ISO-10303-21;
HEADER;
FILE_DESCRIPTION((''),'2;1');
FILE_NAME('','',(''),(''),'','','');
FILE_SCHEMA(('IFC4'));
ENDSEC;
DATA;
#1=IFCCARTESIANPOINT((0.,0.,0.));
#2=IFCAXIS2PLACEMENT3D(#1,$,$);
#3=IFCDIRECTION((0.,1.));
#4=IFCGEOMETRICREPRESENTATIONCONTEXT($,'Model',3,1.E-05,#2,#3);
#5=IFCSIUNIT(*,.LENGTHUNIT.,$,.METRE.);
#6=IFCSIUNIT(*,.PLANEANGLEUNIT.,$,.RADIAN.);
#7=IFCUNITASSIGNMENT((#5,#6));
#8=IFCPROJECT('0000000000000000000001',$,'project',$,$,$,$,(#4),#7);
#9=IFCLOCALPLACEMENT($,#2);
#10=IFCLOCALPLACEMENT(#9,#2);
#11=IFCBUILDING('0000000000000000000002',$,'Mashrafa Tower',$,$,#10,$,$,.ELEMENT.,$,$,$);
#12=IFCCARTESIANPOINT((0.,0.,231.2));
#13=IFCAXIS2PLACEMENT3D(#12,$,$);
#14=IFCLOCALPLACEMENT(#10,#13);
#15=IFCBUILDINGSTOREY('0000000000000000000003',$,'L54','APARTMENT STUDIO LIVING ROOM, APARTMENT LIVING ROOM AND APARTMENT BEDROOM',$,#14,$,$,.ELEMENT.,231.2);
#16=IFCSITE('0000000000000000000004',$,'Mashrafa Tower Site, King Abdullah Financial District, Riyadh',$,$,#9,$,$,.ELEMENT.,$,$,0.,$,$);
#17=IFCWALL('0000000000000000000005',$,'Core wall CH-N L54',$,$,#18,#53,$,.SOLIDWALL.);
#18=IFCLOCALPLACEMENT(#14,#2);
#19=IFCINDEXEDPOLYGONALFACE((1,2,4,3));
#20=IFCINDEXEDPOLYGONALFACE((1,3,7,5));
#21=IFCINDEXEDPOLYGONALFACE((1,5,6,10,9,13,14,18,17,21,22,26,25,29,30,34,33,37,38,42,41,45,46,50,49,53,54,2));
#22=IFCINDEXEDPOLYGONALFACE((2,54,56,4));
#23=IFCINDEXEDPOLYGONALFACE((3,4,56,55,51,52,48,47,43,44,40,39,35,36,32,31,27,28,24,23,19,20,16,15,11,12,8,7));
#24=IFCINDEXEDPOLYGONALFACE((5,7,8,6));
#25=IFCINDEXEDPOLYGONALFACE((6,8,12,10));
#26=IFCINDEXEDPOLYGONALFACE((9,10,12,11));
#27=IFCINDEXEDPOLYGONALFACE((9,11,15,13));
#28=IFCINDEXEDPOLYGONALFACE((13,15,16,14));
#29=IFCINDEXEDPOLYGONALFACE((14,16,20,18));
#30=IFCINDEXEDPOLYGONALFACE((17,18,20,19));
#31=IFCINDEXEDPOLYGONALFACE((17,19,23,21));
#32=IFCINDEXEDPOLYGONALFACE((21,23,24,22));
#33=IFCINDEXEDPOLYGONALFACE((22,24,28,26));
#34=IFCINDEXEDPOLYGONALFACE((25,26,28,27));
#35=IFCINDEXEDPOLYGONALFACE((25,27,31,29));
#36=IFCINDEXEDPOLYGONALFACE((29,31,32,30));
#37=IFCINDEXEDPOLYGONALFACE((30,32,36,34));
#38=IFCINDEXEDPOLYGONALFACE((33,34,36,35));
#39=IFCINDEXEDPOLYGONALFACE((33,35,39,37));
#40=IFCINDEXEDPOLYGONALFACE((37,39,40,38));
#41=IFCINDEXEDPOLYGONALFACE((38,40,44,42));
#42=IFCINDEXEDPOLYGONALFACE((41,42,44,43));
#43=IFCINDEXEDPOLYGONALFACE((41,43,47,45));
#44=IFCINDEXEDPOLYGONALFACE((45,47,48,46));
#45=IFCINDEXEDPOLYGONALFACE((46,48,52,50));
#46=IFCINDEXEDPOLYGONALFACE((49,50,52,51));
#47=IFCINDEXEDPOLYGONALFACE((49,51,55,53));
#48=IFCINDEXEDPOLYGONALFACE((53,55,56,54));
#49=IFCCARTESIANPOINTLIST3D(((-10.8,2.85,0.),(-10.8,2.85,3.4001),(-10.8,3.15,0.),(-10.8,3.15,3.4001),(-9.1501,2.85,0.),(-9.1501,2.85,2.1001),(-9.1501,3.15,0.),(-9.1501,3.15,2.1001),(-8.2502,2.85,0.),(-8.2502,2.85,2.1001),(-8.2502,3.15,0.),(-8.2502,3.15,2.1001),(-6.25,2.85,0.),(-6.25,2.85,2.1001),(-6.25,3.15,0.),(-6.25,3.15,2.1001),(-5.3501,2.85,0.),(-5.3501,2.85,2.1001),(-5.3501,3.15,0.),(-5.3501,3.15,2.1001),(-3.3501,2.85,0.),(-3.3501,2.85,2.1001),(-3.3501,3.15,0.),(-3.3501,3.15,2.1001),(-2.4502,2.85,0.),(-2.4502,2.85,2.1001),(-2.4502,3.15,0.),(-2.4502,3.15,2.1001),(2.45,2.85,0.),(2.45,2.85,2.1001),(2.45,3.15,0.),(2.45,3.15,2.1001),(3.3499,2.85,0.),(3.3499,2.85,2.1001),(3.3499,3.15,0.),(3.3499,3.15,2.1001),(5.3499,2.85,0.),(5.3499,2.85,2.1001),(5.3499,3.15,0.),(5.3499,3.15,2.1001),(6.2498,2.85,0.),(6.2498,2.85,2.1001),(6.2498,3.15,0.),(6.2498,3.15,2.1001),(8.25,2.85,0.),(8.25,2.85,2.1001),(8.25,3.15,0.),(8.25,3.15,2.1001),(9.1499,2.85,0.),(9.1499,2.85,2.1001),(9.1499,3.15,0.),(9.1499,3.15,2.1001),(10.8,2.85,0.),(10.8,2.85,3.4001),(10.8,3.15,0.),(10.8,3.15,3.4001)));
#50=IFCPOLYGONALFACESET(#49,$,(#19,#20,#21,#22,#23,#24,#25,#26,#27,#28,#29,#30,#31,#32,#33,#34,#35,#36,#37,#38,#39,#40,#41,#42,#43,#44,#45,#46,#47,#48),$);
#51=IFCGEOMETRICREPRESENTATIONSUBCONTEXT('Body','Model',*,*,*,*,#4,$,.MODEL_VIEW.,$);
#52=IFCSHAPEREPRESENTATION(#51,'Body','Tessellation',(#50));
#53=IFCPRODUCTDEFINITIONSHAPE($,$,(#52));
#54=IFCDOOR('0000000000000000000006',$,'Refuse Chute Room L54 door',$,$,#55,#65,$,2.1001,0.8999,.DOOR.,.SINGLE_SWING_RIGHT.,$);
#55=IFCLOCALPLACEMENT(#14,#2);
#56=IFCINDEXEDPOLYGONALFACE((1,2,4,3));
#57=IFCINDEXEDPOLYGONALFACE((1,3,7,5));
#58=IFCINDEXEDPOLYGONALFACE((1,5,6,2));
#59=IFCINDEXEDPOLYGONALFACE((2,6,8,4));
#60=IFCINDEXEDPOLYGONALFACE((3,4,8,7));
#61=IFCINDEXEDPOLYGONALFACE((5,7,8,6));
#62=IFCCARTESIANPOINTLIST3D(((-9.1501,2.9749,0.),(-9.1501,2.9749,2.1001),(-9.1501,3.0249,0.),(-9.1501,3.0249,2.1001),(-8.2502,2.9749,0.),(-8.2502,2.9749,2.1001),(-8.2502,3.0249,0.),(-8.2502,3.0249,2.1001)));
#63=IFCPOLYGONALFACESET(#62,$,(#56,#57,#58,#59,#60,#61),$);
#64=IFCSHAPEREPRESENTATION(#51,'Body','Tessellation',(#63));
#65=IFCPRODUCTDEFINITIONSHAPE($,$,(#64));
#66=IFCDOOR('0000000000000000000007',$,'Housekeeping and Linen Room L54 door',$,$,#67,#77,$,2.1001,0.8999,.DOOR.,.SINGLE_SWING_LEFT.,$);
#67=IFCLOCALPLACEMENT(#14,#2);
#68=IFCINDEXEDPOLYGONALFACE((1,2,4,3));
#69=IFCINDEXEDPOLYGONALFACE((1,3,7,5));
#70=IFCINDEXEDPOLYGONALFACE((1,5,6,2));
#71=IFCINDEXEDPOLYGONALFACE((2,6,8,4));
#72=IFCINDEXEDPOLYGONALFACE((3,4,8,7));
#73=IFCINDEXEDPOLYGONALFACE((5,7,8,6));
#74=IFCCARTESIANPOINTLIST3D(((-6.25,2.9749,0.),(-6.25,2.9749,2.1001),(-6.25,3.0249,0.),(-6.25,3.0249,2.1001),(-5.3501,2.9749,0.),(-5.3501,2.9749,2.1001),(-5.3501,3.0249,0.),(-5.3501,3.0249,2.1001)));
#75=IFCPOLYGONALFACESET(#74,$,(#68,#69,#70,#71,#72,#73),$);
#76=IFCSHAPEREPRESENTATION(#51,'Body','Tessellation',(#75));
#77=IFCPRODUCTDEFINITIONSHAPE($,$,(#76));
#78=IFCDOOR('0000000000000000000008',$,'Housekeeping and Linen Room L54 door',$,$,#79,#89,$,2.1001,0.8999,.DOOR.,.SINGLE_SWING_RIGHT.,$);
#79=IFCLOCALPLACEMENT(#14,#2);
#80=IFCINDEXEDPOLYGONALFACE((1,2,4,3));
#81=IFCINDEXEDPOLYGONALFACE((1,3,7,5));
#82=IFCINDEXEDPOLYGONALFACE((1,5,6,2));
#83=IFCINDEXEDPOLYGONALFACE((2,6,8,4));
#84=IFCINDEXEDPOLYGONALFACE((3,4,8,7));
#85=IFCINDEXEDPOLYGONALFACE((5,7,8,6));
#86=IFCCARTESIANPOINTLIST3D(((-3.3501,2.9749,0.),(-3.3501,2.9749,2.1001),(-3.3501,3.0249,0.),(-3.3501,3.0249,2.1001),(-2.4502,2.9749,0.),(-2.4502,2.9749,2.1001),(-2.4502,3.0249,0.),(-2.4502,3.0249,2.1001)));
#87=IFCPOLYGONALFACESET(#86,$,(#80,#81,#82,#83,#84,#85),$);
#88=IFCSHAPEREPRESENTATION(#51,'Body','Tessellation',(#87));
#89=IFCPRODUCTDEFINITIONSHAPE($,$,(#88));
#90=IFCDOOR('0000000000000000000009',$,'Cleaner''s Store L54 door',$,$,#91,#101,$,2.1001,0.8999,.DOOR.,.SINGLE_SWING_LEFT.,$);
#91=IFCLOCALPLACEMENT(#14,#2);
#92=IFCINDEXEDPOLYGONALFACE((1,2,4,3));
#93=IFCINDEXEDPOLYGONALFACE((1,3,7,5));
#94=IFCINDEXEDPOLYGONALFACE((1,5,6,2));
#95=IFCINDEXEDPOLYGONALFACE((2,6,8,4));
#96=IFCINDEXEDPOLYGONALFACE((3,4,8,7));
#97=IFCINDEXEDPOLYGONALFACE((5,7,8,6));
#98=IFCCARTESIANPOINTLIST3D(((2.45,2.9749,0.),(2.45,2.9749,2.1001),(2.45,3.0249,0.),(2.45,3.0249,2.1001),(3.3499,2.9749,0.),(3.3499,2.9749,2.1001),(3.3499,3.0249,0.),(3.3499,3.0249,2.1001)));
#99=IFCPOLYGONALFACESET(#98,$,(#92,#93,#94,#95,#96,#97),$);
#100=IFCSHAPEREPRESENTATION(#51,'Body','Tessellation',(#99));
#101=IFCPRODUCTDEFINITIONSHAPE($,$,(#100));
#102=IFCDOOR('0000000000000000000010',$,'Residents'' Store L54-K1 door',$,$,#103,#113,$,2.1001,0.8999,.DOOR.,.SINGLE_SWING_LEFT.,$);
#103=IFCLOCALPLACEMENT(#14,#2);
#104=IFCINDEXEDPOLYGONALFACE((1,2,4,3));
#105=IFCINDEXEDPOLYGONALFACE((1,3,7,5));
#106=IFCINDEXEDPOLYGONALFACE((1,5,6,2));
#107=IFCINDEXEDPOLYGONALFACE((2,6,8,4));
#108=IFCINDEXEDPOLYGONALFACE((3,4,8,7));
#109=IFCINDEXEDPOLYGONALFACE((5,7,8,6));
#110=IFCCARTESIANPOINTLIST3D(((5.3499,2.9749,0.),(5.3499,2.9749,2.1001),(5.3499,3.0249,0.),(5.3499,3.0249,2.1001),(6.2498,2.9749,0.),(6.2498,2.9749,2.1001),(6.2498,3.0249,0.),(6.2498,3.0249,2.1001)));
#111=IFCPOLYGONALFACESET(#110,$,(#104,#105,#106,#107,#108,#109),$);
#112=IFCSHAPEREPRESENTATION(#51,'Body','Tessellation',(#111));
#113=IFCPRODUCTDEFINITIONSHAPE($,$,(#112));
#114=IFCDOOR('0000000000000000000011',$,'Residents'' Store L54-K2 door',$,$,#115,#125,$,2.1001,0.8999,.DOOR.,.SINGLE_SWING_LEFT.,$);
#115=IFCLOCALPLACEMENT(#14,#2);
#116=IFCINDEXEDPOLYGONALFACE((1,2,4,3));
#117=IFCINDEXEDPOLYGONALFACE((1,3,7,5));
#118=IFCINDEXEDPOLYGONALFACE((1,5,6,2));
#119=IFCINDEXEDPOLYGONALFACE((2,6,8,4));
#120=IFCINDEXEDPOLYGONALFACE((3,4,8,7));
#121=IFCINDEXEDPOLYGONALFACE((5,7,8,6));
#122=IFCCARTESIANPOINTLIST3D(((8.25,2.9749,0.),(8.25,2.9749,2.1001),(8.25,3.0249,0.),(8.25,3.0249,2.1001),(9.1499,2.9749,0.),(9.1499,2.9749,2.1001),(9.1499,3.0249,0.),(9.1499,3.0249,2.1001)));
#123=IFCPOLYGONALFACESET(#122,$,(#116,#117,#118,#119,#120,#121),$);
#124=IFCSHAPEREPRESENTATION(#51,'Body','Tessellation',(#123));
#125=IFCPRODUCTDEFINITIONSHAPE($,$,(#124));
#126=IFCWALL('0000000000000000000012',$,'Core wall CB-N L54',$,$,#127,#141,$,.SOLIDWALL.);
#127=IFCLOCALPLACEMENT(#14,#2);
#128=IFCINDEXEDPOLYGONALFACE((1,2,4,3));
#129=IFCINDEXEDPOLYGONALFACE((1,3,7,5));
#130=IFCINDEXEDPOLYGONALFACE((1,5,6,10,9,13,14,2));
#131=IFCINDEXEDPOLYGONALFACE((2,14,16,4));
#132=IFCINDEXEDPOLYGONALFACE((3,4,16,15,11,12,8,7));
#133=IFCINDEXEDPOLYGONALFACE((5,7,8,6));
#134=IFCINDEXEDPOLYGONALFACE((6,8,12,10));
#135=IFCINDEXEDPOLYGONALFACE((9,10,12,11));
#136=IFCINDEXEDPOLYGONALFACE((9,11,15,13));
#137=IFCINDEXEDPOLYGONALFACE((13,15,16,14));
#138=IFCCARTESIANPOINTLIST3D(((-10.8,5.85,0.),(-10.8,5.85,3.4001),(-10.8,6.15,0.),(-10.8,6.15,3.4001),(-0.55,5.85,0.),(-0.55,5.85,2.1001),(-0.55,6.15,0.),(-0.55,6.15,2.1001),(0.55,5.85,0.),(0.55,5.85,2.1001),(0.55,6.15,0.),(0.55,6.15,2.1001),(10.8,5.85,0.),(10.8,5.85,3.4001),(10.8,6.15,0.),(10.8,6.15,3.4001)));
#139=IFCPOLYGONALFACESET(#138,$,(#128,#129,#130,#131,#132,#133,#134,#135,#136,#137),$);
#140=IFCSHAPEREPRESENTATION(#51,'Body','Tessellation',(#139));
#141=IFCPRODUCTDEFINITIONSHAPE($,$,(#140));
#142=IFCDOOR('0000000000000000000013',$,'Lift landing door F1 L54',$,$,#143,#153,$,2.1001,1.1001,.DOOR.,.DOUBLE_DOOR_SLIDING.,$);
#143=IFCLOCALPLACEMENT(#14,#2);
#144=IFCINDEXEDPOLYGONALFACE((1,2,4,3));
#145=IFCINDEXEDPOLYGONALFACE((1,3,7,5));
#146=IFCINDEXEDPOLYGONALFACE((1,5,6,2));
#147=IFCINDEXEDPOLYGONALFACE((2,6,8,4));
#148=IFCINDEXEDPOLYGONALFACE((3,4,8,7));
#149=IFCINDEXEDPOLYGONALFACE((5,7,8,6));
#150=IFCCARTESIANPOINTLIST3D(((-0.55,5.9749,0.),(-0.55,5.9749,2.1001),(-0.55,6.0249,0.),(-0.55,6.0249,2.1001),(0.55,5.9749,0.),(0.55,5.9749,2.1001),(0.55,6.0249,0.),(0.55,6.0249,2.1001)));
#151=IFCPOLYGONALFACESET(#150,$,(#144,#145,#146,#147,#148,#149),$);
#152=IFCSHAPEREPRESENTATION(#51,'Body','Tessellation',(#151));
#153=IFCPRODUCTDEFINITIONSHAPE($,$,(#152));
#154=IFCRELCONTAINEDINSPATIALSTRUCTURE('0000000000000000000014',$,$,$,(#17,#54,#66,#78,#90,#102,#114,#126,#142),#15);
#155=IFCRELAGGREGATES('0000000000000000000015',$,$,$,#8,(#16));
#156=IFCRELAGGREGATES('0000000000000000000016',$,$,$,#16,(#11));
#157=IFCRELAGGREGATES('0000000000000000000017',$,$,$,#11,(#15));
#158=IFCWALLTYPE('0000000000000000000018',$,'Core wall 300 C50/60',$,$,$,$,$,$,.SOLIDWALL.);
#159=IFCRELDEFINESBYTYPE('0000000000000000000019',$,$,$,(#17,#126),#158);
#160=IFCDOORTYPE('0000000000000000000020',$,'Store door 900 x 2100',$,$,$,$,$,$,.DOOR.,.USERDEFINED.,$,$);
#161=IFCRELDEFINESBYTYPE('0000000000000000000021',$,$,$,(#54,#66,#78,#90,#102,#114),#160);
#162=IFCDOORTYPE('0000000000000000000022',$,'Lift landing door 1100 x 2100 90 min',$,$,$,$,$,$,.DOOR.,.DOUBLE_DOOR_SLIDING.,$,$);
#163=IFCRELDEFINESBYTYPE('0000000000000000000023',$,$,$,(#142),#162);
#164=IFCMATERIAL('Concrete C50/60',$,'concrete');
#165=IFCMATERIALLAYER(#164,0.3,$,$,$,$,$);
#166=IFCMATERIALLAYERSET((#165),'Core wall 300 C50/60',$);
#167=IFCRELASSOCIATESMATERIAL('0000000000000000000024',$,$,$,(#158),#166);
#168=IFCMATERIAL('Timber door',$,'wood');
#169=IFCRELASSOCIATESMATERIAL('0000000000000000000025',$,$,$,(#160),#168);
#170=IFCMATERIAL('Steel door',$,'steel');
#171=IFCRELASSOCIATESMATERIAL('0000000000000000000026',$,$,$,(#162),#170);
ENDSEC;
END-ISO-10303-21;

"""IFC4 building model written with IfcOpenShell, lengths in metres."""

from ifc_helpers import new_model, si_unit, direction, frame, frame_2d, origin, place, context, subcontext, project, spatial, rectangle, extrude, material, layer, layer_set, type_object, element, fill, save


model = new_model("IFC4")

# Units and contexts
model_context = context("Model", 3, precision=1e-05, world=origin(), true_north=direction((0.0, 1.0)))
body_context = subcontext(model_context, "Body", "Model", "MODEL_VIEW")
ifc_project = project(units=[si_unit("LENGTHUNIT", "METRE"), si_unit("PLANEANGLEUNIT", "RADIAN")], contexts=[model_context])

# Site, building, storey
site_placement = place(None, origin())
site = spatial("IfcSite", under=ifc_project, at=site_placement, Name="Mashrafa Tower Site, King Abdullah Financial District, Riyadh", CompositionType="ELEMENT", RefElevation=0.0)
building_placement = place(site_placement, origin())
building = spatial("IfcBuilding", under=site, at=building_placement, Name="Mashrafa Tower", CompositionType="ELEMENT")
storey_placement = place(building_placement, frame((0.0, 0.0, 231.2)))
storey = spatial("IfcBuildingStorey", under=building, at=storey_placement, Name="L54", Description="APARTMENT STUDIO LIVING ROOM, APARTMENT LIVING ROOM AND APARTMENT BEDROOM", CompositionType="ELEMENT", Elevation=231.2)

# Wall, openings, doors
ifc_material_1 = material(Name="Concrete C50/60", Category="concrete")
ifc_layer_1 = layer(ifc_material_1, 0.3)
ifc_layer_set_1 = layer_set([ifc_layer_1], Name="Core wall 300 C50/60")
wall_type_1 = type_object("IfcWallType", Name="Core wall 300 C50/60", PredefinedType="SOLIDWALL", material=ifc_layer_set_1)
wall_1_placement = place(storey_placement, frame((-10.8, 3.0, 0.0), z_axis=(0.0, 0.0, 1.0), x_axis=(1.0, 0.0, 0.0)))
wall_1 = element("IfcWall", 1, at=wall_1_placement, inside=storey, type_object=wall_type_1, Name="Core wall CH-N L54", PredefinedType="SOLIDWALL", context=body_context, shape_type="SweptSolid", body=[
    extrude(rectangle(XDim=21.6001, YDim=0.3, at=frame_2d((10.8, 0.0))), origin(), (0.0, 0.0, 1.0), 3.4001),
])
opening_1_placement = place(wall_1_placement, frame((1.6499, 0.0, 0.0)))
opening_1 = element("IfcOpeningElement", 2, at=opening_1_placement, cuts=wall_1, PredefinedType="OPENING", context=body_context, shape_type="SweptSolid", body=[
    extrude(rectangle(XDim=0.8999, YDim=2.1001, at=frame_2d((0.45, 1.05))), frame((0.0, 0.1599, 0.0), z_axis=(0.0, -1.0, 0.0), x_axis=(1.0, 0.0, 0.0)), (0.0, 0.0, 1.0), 0.3201),
])
opening_2_placement = place(wall_1_placement, frame((4.55, 0.0, 0.0)))
opening_2 = element("IfcOpeningElement", 3, at=opening_2_placement, cuts=wall_1, PredefinedType="OPENING", context=body_context, shape_type="SweptSolid", body=[
    extrude(rectangle(XDim=0.8999, YDim=2.1001, at=frame_2d((0.45, 1.05))), frame((0.0, 0.1599, 0.0), z_axis=(0.0, -1.0, 0.0), x_axis=(1.0, 0.0, 0.0)), (0.0, 0.0, 1.0), 0.3201),
])
opening_3_placement = place(wall_1_placement, frame((7.45, 0.0, 0.0)))
opening_3 = element("IfcOpeningElement", 4, at=opening_3_placement, cuts=wall_1, PredefinedType="OPENING", context=body_context, shape_type="SweptSolid", body=[
    extrude(rectangle(XDim=0.8999, YDim=2.1001, at=frame_2d((0.45, 1.05))), frame((0.0, 0.1599, 0.0), z_axis=(0.0, -1.0, 0.0), x_axis=(1.0, 0.0, 0.0)), (0.0, 0.0, 1.0), 0.3201),
])
opening_4_placement = place(wall_1_placement, frame((13.25, 0.0, 0.0)))
opening_4 = element("IfcOpeningElement", 5, at=opening_4_placement, cuts=wall_1, PredefinedType="OPENING", context=body_context, shape_type="SweptSolid", body=[
    extrude(rectangle(XDim=0.8999, YDim=2.1001, at=frame_2d((0.45, 1.05))), frame((0.0, 0.1599, 0.0), z_axis=(0.0, -1.0, 0.0), x_axis=(1.0, 0.0, 0.0)), (0.0, 0.0, 1.0), 0.3201),
])
opening_5_placement = place(wall_1_placement, frame((16.1499, 0.0, 0.0)))
opening_5 = element("IfcOpeningElement", 6, at=opening_5_placement, cuts=wall_1, PredefinedType="OPENING", context=body_context, shape_type="SweptSolid", body=[
    extrude(rectangle(XDim=0.8999, YDim=2.1001, at=frame_2d((0.45, 1.05))), frame((0.0, 0.1599, 0.0), z_axis=(0.0, -1.0, 0.0), x_axis=(1.0, 0.0, 0.0)), (0.0, 0.0, 1.0), 0.3201),
])
opening_6_placement = place(wall_1_placement, frame((19.05, 0.0, 0.0)))
opening_6 = element("IfcOpeningElement", 7, at=opening_6_placement, cuts=wall_1, PredefinedType="OPENING", context=body_context, shape_type="SweptSolid", body=[
    extrude(rectangle(XDim=0.8999, YDim=2.1001, at=frame_2d((0.45, 1.05))), frame((0.0, 0.1599, 0.0), z_axis=(0.0, -1.0, 0.0), x_axis=(1.0, 0.0, 0.0)), (0.0, 0.0, 1.0), 0.3201),
])
ifc_material_2 = material(Name="Timber door", Category="wood")
door_type_1 = type_object("IfcDoorType", Name="Store door 900 x 2100", OperationType="USERDEFINED", PredefinedType="DOOR", material=ifc_material_2)
door_1_placement = place(opening_1_placement, origin())
door_1 = element("IfcDoor", 8, at=door_1_placement, inside=storey, type_object=door_type_1, Name="Refuse Chute Room L54 door", OperationType="SINGLE_SWING_RIGHT", OverallHeight=2.1001, OverallWidth=0.8999, PredefinedType="DOOR", context=body_context, shape_type="SweptSolid", body=[
    extrude(rectangle(XDim=0.8999, YDim=2.1001, at=frame_2d((0.45, 1.05))), frame((0.0, 0.0249, 0.0), z_axis=(0.0, -1.0, 0.0), x_axis=(1.0, 0.0, 0.0)), (0.0, 0.0, 1.0), 0.05),
])
fill(opening_1, door_1)
door_2_placement = place(opening_2_placement, origin())
door_2 = element("IfcDoor", 9, at=door_2_placement, inside=storey, type_object=door_type_1, Name="Housekeeping and Linen Room L54 door", OperationType="SINGLE_SWING_LEFT", OverallHeight=2.1001, OverallWidth=0.8999, PredefinedType="DOOR", context=body_context, shape_type="SweptSolid", body=[
    extrude(rectangle(XDim=0.8999, YDim=2.1001, at=frame_2d((0.45, 1.05))), frame((0.0, 0.0249, 0.0), z_axis=(0.0, -1.0, 0.0), x_axis=(1.0, 0.0, 0.0)), (0.0, 0.0, 1.0), 0.05),
])
fill(opening_2, door_2)
door_3_placement = place(opening_3_placement, origin())
door_3 = element("IfcDoor", 10, at=door_3_placement, inside=storey, type_object=door_type_1, Name="Housekeeping and Linen Room L54 door", OperationType="SINGLE_SWING_RIGHT", OverallHeight=2.1001, OverallWidth=0.8999, PredefinedType="DOOR", context=body_context, shape_type="SweptSolid", body=[
    extrude(rectangle(XDim=0.8999, YDim=2.1001, at=frame_2d((0.45, 1.05))), frame((0.0, 0.0249, 0.0), z_axis=(0.0, -1.0, 0.0), x_axis=(1.0, 0.0, 0.0)), (0.0, 0.0, 1.0), 0.05),
])
fill(opening_3, door_3)
door_4_placement = place(opening_4_placement, origin())
door_4 = element("IfcDoor", 11, at=door_4_placement, inside=storey, type_object=door_type_1, Name="Cleaner's Store L54 door", OperationType="SINGLE_SWING_LEFT", OverallHeight=2.1001, OverallWidth=0.8999, PredefinedType="DOOR", context=body_context, shape_type="SweptSolid", body=[
    extrude(rectangle(XDim=0.8999, YDim=2.1001, at=frame_2d((0.45, 1.05))), frame((0.0, 0.0249, 0.0), z_axis=(0.0, -1.0, 0.0), x_axis=(1.0, 0.0, 0.0)), (0.0, 0.0, 1.0), 0.05),
])
fill(opening_4, door_4)
door_5_placement = place(opening_5_placement, origin())
door_5 = element("IfcDoor", 12, at=door_5_placement, inside=storey, type_object=door_type_1, Name="Residents' Store L54-K1 door", OperationType="SINGLE_SWING_LEFT", OverallHeight=2.1001, OverallWidth=0.8999, PredefinedType="DOOR", context=body_context, shape_type="SweptSolid", body=[
    extrude(rectangle(XDim=0.8999, YDim=2.1001, at=frame_2d((0.45, 1.05))), frame((0.0, 0.0249, 0.0), z_axis=(0.0, -1.0, 0.0), x_axis=(1.0, 0.0, 0.0)), (0.0, 0.0, 1.0), 0.05),
])
fill(opening_5, door_5)
door_6_placement = place(opening_6_placement, origin())
door_6 = element("IfcDoor", 13, at=door_6_placement, inside=storey, type_object=door_type_1, Name="Residents' Store L54-K2 door", OperationType="SINGLE_SWING_LEFT", OverallHeight=2.1001, OverallWidth=0.8999, PredefinedType="DOOR", context=body_context, shape_type="SweptSolid", body=[
    extrude(rectangle(XDim=0.8999, YDim=2.1001, at=frame_2d((0.45, 1.05))), frame((0.0, 0.0249, 0.0), z_axis=(0.0, -1.0, 0.0), x_axis=(1.0, 0.0, 0.0)), (0.0, 0.0, 1.0), 0.05),
])
fill(opening_6, door_6)

# Wall, opening, door
wall_2_placement = place(storey_placement, frame((-10.8, 6.0, 0.0), z_axis=(0.0, 0.0, 1.0), x_axis=(1.0, 0.0, 0.0)))
wall_2 = element("IfcWall", 14, at=wall_2_placement, inside=storey, type_object=wall_type_1, Name="Core wall CB-N L54", PredefinedType="SOLIDWALL", context=body_context, shape_type="SweptSolid", body=[
    extrude(rectangle(XDim=21.6001, YDim=0.3, at=frame_2d((10.8, 0.0))), origin(), (0.0, 0.0, 1.0), 3.4001),
])
opening_7_placement = place(wall_2_placement, frame((10.25, 0.0, 0.0)))
opening_7 = element("IfcOpeningElement", 15, at=opening_7_placement, cuts=wall_2, PredefinedType="OPENING", context=body_context, shape_type="SweptSolid", body=[
    extrude(rectangle(XDim=1.1001, YDim=2.1001, at=frame_2d((0.55, 1.05))), frame((0.0, 0.1599, 0.0), z_axis=(0.0, -1.0, 0.0), x_axis=(1.0, 0.0, 0.0)), (0.0, 0.0, 1.0), 0.3201),
])
ifc_material_3 = material(Name="Steel door", Category="steel")
door_type_2 = type_object("IfcDoorType", Name="Lift landing door 1100 x 2100 90 min", OperationType="DOUBLE_DOOR_SLIDING", PredefinedType="DOOR", material=ifc_material_3)
door_7_placement = place(opening_7_placement, origin())
door_7 = element("IfcDoor", 16, at=door_7_placement, inside=storey, type_object=door_type_2, Name="Lift landing door F1 L54", OperationType="DOUBLE_DOOR_SLIDING", OverallHeight=2.1001, OverallWidth=1.1001, PredefinedType="DOOR", context=body_context, shape_type="SweptSolid", body=[
    extrude(rectangle(XDim=1.1001, YDim=2.1001, at=frame_2d((0.55, 1.05))), frame((0.0, 0.0249, 0.0), z_axis=(0.0, -1.0, 0.0), x_axis=(1.0, 0.0, 0.0)), (0.0, 0.0, 1.0), 0.05),
])
fill(opening_7, door_7)

save(model, "model.ifc")
